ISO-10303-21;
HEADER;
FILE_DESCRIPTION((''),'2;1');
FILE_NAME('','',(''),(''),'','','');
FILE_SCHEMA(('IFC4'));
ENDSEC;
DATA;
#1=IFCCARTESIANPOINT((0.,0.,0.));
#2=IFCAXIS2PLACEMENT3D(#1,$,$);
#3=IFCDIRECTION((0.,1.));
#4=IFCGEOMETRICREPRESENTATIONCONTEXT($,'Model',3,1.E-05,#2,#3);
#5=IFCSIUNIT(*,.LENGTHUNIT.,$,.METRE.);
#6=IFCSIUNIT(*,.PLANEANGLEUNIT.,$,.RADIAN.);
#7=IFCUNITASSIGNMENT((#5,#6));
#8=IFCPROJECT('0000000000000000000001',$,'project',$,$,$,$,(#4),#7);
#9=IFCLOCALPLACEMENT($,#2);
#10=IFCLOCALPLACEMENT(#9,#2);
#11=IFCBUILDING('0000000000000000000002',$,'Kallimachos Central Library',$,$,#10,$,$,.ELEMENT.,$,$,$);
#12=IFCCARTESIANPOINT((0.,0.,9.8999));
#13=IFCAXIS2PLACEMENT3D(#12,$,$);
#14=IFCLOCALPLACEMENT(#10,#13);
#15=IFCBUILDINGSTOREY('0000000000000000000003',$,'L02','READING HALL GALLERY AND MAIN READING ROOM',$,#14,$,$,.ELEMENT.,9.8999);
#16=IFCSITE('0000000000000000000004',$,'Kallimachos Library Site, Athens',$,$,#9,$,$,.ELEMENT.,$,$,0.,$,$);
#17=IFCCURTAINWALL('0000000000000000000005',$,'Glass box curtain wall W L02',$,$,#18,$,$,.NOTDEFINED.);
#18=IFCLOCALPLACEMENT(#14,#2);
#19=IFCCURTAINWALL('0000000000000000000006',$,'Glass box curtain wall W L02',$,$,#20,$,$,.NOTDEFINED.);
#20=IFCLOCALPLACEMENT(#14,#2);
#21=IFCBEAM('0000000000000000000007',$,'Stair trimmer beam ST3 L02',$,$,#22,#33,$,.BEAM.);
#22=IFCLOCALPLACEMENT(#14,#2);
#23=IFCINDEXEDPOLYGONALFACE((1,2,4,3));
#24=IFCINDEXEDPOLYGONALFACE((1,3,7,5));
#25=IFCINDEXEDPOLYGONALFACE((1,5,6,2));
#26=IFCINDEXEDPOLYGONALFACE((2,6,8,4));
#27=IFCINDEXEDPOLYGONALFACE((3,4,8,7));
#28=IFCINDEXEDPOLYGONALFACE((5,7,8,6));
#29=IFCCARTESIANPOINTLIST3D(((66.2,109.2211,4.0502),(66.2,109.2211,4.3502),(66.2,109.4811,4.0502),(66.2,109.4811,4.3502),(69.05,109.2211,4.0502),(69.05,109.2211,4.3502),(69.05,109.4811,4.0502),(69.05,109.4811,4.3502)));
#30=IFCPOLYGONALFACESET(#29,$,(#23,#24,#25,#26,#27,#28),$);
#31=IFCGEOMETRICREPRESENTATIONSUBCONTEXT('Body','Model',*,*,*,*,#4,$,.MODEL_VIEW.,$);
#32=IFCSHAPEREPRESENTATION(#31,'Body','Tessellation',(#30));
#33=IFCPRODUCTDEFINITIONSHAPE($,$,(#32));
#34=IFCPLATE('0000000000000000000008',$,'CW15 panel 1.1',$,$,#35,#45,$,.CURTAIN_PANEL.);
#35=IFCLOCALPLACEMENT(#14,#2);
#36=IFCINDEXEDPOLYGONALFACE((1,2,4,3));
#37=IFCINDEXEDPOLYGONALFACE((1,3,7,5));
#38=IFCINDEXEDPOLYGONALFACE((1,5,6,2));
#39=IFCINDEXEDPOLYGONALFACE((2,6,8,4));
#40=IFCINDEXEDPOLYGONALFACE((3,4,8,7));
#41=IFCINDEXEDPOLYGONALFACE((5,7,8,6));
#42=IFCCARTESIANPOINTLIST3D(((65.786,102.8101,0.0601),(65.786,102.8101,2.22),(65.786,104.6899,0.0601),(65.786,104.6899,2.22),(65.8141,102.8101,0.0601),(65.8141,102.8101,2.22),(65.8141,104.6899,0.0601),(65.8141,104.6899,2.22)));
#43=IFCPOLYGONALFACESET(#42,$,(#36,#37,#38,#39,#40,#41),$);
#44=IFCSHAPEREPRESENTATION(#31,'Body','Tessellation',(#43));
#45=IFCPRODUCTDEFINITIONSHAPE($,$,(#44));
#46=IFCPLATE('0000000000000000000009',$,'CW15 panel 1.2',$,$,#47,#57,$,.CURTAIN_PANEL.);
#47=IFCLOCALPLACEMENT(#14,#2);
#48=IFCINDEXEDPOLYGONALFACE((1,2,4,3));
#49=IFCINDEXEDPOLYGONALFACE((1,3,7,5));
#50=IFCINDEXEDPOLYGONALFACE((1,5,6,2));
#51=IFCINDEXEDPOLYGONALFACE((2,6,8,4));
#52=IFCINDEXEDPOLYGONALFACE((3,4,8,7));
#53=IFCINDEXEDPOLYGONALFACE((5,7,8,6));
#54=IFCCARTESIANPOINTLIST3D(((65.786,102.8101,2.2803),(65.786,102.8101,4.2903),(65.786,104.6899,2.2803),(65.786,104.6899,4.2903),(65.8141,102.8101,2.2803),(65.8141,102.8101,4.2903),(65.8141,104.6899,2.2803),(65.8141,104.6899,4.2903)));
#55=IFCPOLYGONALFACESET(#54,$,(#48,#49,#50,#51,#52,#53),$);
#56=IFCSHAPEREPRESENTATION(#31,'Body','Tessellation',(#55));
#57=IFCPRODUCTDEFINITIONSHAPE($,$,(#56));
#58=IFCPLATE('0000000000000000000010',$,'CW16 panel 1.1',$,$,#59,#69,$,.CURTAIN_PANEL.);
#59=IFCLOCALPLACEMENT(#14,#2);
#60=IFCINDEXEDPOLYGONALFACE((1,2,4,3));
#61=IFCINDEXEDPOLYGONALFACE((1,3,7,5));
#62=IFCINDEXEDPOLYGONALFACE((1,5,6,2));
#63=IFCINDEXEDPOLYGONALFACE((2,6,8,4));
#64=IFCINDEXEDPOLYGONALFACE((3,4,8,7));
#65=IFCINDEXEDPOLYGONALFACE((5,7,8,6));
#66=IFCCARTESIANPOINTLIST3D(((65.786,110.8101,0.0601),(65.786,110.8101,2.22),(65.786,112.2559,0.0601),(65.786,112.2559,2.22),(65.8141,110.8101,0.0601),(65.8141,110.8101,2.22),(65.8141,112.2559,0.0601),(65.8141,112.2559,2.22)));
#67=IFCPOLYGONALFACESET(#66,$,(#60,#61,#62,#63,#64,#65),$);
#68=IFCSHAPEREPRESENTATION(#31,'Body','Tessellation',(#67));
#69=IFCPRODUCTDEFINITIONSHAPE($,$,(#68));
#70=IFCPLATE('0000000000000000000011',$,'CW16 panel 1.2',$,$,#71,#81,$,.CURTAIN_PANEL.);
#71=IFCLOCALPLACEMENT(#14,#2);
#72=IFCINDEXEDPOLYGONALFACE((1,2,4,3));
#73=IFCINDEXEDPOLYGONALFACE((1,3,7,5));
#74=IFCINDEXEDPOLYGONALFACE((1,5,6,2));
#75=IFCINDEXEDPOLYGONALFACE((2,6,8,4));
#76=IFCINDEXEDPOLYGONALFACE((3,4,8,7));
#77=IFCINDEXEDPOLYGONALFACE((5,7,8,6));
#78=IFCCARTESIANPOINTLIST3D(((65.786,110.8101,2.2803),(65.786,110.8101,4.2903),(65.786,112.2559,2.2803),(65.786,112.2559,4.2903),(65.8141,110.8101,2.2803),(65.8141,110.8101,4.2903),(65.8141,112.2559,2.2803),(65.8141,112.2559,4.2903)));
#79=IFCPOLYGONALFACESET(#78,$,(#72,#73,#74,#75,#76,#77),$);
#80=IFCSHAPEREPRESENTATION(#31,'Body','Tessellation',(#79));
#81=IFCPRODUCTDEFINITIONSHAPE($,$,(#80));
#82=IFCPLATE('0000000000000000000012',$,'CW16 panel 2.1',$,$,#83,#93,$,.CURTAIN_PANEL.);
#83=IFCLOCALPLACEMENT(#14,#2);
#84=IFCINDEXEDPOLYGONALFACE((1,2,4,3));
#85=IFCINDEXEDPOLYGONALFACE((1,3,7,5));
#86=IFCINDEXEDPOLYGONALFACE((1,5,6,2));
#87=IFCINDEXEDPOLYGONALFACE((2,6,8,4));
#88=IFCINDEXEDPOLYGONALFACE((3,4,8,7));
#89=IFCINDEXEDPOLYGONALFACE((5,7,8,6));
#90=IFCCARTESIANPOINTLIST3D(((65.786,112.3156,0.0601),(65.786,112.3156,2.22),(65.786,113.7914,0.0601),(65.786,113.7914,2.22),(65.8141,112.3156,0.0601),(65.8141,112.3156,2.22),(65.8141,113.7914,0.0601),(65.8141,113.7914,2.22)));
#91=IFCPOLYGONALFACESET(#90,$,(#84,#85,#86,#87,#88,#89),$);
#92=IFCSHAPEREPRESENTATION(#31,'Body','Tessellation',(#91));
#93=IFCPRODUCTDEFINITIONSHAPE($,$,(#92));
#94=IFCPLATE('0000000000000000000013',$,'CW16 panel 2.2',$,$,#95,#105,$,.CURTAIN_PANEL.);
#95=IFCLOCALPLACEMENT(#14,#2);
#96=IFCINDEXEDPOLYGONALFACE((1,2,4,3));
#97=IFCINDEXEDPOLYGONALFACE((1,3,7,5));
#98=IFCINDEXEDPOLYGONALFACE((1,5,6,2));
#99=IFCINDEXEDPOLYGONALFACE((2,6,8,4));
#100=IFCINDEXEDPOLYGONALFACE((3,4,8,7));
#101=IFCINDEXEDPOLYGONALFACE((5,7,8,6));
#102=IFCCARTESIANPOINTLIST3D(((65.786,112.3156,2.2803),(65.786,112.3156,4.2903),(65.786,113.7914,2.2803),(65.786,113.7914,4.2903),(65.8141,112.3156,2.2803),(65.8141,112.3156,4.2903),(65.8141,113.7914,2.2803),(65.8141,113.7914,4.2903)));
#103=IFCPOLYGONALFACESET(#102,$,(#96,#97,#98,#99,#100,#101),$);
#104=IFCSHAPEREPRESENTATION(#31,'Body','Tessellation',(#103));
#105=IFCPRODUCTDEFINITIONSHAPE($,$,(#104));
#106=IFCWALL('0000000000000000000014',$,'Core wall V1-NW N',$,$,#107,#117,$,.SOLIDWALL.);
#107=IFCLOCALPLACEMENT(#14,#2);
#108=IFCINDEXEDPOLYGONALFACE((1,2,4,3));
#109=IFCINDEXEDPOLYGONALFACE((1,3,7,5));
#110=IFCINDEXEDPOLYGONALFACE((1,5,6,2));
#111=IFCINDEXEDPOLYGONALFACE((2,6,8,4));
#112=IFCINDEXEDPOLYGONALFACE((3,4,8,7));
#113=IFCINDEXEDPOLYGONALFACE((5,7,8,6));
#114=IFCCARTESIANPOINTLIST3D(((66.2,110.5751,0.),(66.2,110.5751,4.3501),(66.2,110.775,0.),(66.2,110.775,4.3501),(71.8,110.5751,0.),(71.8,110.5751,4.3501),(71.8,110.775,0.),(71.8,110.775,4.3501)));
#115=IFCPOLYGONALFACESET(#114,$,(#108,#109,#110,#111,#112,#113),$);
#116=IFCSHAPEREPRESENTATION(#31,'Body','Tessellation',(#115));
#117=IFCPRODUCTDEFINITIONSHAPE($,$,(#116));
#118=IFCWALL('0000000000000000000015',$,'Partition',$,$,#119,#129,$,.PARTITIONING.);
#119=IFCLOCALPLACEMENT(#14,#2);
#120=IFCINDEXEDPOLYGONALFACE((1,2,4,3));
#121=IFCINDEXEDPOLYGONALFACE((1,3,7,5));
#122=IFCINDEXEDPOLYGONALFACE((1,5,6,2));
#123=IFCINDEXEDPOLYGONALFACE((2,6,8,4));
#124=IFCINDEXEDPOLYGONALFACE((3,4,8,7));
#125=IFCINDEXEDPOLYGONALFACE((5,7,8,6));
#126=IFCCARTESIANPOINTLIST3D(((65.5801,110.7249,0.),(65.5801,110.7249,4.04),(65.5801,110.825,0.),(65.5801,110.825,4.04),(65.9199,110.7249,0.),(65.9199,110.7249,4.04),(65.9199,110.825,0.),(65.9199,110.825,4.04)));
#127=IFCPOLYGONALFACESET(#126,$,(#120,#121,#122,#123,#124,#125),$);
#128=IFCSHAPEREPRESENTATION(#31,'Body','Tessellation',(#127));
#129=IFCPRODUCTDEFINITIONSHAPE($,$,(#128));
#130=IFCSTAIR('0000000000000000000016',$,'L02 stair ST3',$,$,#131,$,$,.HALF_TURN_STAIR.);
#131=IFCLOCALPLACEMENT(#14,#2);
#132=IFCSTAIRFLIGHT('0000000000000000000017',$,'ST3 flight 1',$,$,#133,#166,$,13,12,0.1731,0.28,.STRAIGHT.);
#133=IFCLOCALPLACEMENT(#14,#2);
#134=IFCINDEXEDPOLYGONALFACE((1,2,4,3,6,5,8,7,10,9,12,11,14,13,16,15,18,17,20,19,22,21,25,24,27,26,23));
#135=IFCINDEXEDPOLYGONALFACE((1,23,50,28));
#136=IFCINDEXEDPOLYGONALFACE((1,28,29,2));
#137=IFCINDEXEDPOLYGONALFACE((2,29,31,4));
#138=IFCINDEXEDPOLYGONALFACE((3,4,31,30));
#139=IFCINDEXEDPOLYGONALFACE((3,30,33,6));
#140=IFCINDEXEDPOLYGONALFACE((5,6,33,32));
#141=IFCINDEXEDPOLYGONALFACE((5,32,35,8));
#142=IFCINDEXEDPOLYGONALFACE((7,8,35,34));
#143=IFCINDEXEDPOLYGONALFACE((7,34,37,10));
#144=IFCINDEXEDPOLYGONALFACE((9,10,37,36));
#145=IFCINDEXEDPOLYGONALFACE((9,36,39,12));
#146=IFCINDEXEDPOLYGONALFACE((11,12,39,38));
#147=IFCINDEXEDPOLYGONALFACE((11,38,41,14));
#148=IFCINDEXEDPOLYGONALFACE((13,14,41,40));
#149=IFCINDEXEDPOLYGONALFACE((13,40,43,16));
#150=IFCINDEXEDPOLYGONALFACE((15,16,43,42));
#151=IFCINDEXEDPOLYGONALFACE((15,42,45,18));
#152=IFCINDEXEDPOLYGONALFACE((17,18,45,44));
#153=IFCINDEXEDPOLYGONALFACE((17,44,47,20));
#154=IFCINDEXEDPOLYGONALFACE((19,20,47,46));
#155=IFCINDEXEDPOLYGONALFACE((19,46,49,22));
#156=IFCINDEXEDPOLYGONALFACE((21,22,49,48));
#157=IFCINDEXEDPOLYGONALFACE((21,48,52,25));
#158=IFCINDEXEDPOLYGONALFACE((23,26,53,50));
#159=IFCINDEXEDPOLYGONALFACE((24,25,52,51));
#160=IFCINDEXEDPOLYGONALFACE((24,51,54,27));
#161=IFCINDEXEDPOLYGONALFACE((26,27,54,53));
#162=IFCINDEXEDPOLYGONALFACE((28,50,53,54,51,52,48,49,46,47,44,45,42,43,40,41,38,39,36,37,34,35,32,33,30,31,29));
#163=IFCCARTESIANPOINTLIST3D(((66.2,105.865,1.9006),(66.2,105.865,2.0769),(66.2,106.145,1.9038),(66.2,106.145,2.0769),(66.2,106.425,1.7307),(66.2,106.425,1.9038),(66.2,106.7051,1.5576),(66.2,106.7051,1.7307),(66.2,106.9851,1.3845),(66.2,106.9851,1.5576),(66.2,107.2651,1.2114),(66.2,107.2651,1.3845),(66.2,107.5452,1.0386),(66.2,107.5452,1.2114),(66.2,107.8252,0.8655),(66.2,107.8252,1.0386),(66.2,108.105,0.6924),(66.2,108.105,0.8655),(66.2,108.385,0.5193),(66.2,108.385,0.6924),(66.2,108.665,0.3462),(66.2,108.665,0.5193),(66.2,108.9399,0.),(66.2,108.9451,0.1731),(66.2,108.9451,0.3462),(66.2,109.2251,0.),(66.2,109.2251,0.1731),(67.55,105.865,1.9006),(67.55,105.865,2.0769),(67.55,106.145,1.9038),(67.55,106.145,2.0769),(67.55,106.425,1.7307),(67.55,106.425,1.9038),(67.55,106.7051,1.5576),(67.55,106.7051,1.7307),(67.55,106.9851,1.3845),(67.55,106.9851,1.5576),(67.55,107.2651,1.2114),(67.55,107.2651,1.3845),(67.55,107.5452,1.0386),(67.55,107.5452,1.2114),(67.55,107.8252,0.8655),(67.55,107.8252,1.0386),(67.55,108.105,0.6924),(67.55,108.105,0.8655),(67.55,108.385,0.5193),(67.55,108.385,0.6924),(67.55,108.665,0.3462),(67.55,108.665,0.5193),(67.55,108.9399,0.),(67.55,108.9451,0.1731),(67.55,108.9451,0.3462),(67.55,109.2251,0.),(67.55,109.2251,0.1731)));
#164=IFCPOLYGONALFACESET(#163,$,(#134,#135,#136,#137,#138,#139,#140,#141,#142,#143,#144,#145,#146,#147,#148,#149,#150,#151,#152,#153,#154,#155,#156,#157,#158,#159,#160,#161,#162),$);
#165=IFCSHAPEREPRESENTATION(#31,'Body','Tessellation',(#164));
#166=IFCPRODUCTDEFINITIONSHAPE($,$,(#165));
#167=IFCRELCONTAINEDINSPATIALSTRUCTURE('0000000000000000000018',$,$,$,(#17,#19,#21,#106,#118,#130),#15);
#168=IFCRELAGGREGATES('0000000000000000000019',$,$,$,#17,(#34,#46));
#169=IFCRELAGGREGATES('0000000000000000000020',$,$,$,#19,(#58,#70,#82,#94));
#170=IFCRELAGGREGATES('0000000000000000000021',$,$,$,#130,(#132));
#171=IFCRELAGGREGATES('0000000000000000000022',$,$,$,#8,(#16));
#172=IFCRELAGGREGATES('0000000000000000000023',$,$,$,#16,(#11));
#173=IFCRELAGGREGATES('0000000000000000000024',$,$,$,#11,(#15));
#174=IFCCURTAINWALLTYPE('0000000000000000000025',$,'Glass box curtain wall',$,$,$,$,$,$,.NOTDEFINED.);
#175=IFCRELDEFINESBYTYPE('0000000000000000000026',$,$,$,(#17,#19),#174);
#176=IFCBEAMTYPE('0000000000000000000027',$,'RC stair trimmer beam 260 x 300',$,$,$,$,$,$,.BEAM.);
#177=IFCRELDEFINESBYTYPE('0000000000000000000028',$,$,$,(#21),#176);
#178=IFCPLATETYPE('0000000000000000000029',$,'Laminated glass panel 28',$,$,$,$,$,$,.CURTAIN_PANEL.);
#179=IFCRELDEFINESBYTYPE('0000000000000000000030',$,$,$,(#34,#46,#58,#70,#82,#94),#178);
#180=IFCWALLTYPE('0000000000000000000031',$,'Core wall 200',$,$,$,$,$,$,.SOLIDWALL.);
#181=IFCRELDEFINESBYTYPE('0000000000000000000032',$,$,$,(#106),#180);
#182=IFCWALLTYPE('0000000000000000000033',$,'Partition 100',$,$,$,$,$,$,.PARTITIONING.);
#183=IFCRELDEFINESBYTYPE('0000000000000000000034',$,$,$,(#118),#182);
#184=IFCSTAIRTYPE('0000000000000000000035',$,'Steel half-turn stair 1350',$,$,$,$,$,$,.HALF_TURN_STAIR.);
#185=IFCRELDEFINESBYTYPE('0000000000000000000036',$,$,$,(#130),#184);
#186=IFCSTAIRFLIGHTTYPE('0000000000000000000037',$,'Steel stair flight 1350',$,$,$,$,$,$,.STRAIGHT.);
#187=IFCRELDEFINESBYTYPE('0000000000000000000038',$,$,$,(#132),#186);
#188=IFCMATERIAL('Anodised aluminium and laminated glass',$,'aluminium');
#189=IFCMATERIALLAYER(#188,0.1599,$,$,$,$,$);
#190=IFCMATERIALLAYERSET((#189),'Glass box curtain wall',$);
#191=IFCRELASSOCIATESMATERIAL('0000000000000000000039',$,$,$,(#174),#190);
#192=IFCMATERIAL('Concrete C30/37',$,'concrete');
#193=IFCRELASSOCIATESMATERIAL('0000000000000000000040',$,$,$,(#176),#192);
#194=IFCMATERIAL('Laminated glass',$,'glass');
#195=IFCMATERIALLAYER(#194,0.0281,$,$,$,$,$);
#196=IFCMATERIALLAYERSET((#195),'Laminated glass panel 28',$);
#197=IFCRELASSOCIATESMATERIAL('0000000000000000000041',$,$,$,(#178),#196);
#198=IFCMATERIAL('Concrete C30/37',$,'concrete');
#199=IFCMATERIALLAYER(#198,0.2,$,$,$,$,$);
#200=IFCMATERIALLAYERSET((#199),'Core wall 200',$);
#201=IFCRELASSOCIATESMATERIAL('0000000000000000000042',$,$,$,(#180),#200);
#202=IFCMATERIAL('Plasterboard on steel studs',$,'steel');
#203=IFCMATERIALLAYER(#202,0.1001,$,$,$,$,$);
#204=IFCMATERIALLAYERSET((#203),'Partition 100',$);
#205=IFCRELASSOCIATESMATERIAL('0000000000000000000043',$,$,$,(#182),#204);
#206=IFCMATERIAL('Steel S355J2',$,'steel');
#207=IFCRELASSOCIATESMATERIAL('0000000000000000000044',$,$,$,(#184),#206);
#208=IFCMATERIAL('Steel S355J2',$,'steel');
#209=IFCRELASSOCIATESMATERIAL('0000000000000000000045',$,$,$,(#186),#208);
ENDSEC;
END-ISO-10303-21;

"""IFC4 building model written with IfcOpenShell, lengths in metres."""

from ifc_helpers import new_model, si_unit, direction, frame, frame_2d, origin, origin_2d, place, context, subcontext, project, spatial, polyline, rectangle, outline, extrude, material, layer, layer_set, material_profile, profile_set, type_object, element, aggregate, save


model = new_model("IFC4")

# Units and contexts
model_context = context("Model", 3, precision=1e-05, world=origin(), true_north=direction((0.0, 1.0)))
body_context = subcontext(model_context, "Body", "Model", "MODEL_VIEW")
ifc_project = project(units=[si_unit("LENGTHUNIT", "METRE"), si_unit("PLANEANGLEUNIT", "RADIAN")], contexts=[model_context])

# Site, building, storey
site_placement = place(None, origin())
site = spatial("IfcSite", under=ifc_project, at=site_placement, Name="Kallimachos Library Site, Athens", CompositionType="ELEMENT", RefElevation=0.0)
building_placement = place(site_placement, origin())
building = spatial("IfcBuilding", under=site, at=building_placement, Name="Kallimachos Central Library", CompositionType="ELEMENT")
storey_placement = place(building_placement, frame((0.0, 0.0, 9.8999)))
storey = spatial("IfcBuildingStorey", under=building, at=storey_placement, Name="L02", Description="READING HALL GALLERY AND MAIN READING ROOM", CompositionType="ELEMENT", Elevation=9.8999)

# Curtain wall
ifc_material_1 = material(Name="Anodised aluminium and laminated glass", Category="aluminium")
ifc_layer_1 = layer(ifc_material_1, 0.1599)
ifc_layer_set_1 = layer_set([ifc_layer_1], Name="Glass box curtain wall")
curtain_wall_type = type_object("IfcCurtainWallType", Name="Glass box curtain wall", PredefinedType="NOTDEFINED", material=ifc_layer_set_1)
curtain_wall_1_placement = place(storey_placement, origin())
curtain_wall_1 = element("IfcCurtainWall", 1, at=curtain_wall_1_placement, inside=storey, type_object=curtain_wall_type, Name="Glass box curtain wall W L02", PredefinedType="NOTDEFINED")

# Curtain wall
curtain_wall_2_placement = place(storey_placement, origin())
curtain_wall_2 = element("IfcCurtainWall", 2, at=curtain_wall_2_placement, inside=storey, type_object=curtain_wall_type, Name="Glass box curtain wall W L02", PredefinedType="NOTDEFINED")

# Beam
ifc_material_2 = material(Name="Concrete C30/37", Category="concrete")
ifc_material_profile_1 = material_profile(ifc_material_2, rectangle(XDim=0.26, YDim=0.3, at=origin_2d()), Name="RC stair trimmer beam 260 x 300")
ifc_profile_set_1 = profile_set([ifc_material_profile_1], Name="Concrete C30/37")
beam_type = type_object("IfcBeamType", Name="RC stair trimmer beam 260 x 300", PredefinedType="BEAM", material=ifc_profile_set_1)
beam_placement = place(storey_placement, frame((66.2, 109.3511, 4.2002), z_axis=(1.0, 0.0, 0.0), x_axis=(0.0, 1.0, 0.0)))
element("IfcBeam", 3, at=beam_placement, inside=storey, type_object=beam_type, Name="Stair trimmer beam ST3 L02", PredefinedType="BEAM", context=body_context, shape_type="SweptSolid", body=[
    extrude(rectangle(XDim=0.26, YDim=0.3, at=origin_2d()), origin(), (0.0, 0.0, 1.0), 2.8501),
])

# Plates
ifc_material_3 = material(Name="Laminated glass", Category="glass")
ifc_layer_2 = layer(ifc_material_3, 0.0281)
ifc_layer_set_2 = layer_set([ifc_layer_2], Name="Laminated glass panel 28")
plate_type = type_object("IfcPlateType", Name="Laminated glass panel 28", PredefinedType="CURTAIN_PANEL", material=ifc_layer_set_2)
plate_1_placement = place(storey_placement, frame((65.8, 103.75, 0.0601), z_axis=(0.0, 0.0, 1.0), x_axis=(0.0, 1.0, 0.0)))
plate_1 = element("IfcPlate", 4, at=plate_1_placement, type_object=plate_type, Name="CW15 panel 1.1", PredefinedType="CURTAIN_PANEL", context=body_context, shape_type="SweptSolid", body=[
    extrude(rectangle(XDim=1.8799, YDim=0.0281, at=origin_2d()), origin(), (0.0, 0.0, 1.0), 2.1599),
])
plate_2_placement = place(storey_placement, frame((65.8, 103.75, 2.2803), z_axis=(0.0, 0.0, 1.0), x_axis=(0.0, 1.0, 0.0)))
plate_2 = element("IfcPlate", 5, at=plate_2_placement, type_object=plate_type, Name="CW15 panel 1.2", PredefinedType="CURTAIN_PANEL", context=body_context, shape_type="SweptSolid", body=[
    extrude(rectangle(XDim=1.8799, YDim=0.0281, at=origin_2d()), origin(), (0.0, 0.0, 1.0), 2.01),
])
aggregate(curtain_wall_1, [plate_1, plate_2])
plate_3_placement = place(storey_placement, frame((65.8, 111.533, 0.0601), z_axis=(0.0, 0.0, 1.0), x_axis=(0.0, 1.0, 0.0)))
plate_3 = element("IfcPlate", 6, at=plate_3_placement, type_object=plate_type, Name="CW16 panel 1.1", PredefinedType="CURTAIN_PANEL", context=body_context, shape_type="SweptSolid", body=[
    extrude(rectangle(XDim=1.4458, YDim=0.0281, at=origin_2d()), origin(), (0.0, 0.0, 1.0), 2.1599),
])
plate_4_placement = place(storey_placement, frame((65.8, 111.533, 2.2803), z_axis=(0.0, 0.0, 1.0), x_axis=(0.0, 1.0, 0.0)))
plate_4 = element("IfcPlate", 7, at=plate_4_placement, type_object=plate_type, Name="CW16 panel 1.2", PredefinedType="CURTAIN_PANEL", context=body_context, shape_type="SweptSolid", body=[
    extrude(rectangle(XDim=1.4458, YDim=0.0281, at=origin_2d()), origin(), (0.0, 0.0, 1.0), 2.01),
])
plate_5_placement = place(storey_placement, frame((65.8, 113.0535, 0.0601), z_axis=(0.0, 0.0, 1.0), x_axis=(0.0, 1.0, 0.0)))
plate_5 = element("IfcPlate", 8, at=plate_5_placement, type_object=plate_type, Name="CW16 panel 2.1", PredefinedType="CURTAIN_PANEL", context=body_context, shape_type="SweptSolid", body=[
    extrude(rectangle(XDim=1.4758, YDim=0.0281, at=origin_2d()), origin(), (0.0, 0.0, 1.0), 2.1599),
])
plate_6_placement = place(storey_placement, frame((65.8, 113.0535, 2.2803), z_axis=(0.0, 0.0, 1.0), x_axis=(0.0, 1.0, 0.0)))
plate_6 = element("IfcPlate", 9, at=plate_6_placement, type_object=plate_type, Name="CW16 panel 2.2", PredefinedType="CURTAIN_PANEL", context=body_context, shape_type="SweptSolid", body=[
    extrude(rectangle(XDim=1.4758, YDim=0.0281, at=origin_2d()), origin(), (0.0, 0.0, 1.0), 2.01),
])
aggregate(curtain_wall_2, [plate_3, plate_4, plate_5, plate_6])

# Walls
ifc_material_4 = material(Name="Concrete C30/37", Category="concrete")
ifc_layer_3 = layer(ifc_material_4, 0.2)
ifc_layer_set_3 = layer_set([ifc_layer_3], Name="Core wall 200")
wall_type_1 = type_object("IfcWallType", Name="Core wall 200", PredefinedType="SOLIDWALL", material=ifc_layer_set_3)
wall_1_placement = place(storey_placement, frame((66.2, 110.675, 0.0), z_axis=(0.0, 0.0, 1.0), x_axis=(1.0, 0.0, 0.0)))
element("IfcWall", 10, at=wall_1_placement, inside=storey, type_object=wall_type_1, Name="Core wall V1-NW N", PredefinedType="SOLIDWALL", context=body_context, shape_type="SweptSolid", body=[
    extrude(rectangle(XDim=5.6001, YDim=0.2, at=frame_2d((2.8, 0.0))), origin(), (0.0, 0.0, 1.0), 4.3501),
])
ifc_material_5 = material(Name="Plasterboard on steel studs", Category="steel")
ifc_layer_4 = layer(ifc_material_5, 0.1001)
ifc_layer_set_4 = layer_set([ifc_layer_4], Name="Partition 100")
wall_type_2 = type_object("IfcWallType", Name="Partition 100", PredefinedType="PARTITIONING", material=ifc_layer_set_4)
wall_2_placement = place(storey_placement, frame((65.9199, 110.7749, 0.0), z_axis=(0.0, 0.0, 1.0), x_axis=(-1.0, 0.0, 0.0)))
element("IfcWall", 11, at=wall_2_placement, inside=storey, type_object=wall_type_2, Name="Partition", PredefinedType="PARTITIONING", context=body_context, shape_type="SweptSolid", body=[
    extrude(rectangle(XDim=0.3398, YDim=0.1001, at=frame_2d((0.1699, 0.0))), origin(), (0.0, 0.0, 1.0), 4.04),
])

# Stair, stair flight
ifc_material_6 = material(Name="Steel S355J2", Category="steel")
stair_type = type_object("IfcStairType", Name="Steel half-turn stair 1350", PredefinedType="HALF_TURN_STAIR", material=ifc_material_6)
stair_placement = place(storey_placement, origin())
stair = element("IfcStair", 12, at=stair_placement, inside=storey, type_object=stair_type, Name="L02 stair ST3", PredefinedType="HALF_TURN_STAIR")
ifc_material_7 = material(Name="Steel S355J2", Category="steel")
stair_flight_type = type_object("IfcStairFlightType", Name="Steel stair flight 1350", PredefinedType="STRAIGHT", material=ifc_material_7)
stair_flight_placement = place(storey_placement, frame((66.875, 109.2251, 0.0), z_axis=(0.0, 0.0, 1.0), x_axis=(0.0, -1.0, 0.0)))
stair_flight = element("IfcStairFlight", 13, at=stair_flight_placement, type_object=stair_flight_type, Name="ST3 flight 1", NumberOfRisers=13, NumberOfTreads=12, PredefinedType="STRAIGHT", RiserHeight=0.1731, TreadLength=0.28, context=body_context, shape_type="SweptSolid", body=[
    extrude(outline(polyline([(0.0, 0.0), (0.0, 0.1731), (0.28, 0.1731), (0.28, 0.3462), (0.5601, 0.3462), (0.5601, 0.5193), (0.8401, 0.5193), (0.8401, 0.6924), (1.1201, 0.6924), (1.1201, 0.8655), (1.3999, 0.8655), (1.3999, 1.0386), (1.6799, 1.0386), (1.6799, 1.2114), (1.96, 1.2114), (1.96, 1.3845), (2.24, 1.3845), (2.24, 1.5576), (2.52, 1.5576), (2.52, 1.7307), (2.8, 1.7307), (2.8, 1.9038), (3.0801, 1.9038), (3.0801, 2.0769), (3.3601, 2.0769), (3.3601, 2.25), (3.3601, 1.9006), (0.2852, 0.0), (0.0, 0.0)])), frame((0.0, 0.675, 0.0), z_axis=(0.0, -1.0, 0.0), x_axis=(1.0, 0.0, 0.0)), (0.0, 0.0, 1.0), 1.3501),
])
aggregate(stair, [stair_flight])

save(model, "model.ifc")
